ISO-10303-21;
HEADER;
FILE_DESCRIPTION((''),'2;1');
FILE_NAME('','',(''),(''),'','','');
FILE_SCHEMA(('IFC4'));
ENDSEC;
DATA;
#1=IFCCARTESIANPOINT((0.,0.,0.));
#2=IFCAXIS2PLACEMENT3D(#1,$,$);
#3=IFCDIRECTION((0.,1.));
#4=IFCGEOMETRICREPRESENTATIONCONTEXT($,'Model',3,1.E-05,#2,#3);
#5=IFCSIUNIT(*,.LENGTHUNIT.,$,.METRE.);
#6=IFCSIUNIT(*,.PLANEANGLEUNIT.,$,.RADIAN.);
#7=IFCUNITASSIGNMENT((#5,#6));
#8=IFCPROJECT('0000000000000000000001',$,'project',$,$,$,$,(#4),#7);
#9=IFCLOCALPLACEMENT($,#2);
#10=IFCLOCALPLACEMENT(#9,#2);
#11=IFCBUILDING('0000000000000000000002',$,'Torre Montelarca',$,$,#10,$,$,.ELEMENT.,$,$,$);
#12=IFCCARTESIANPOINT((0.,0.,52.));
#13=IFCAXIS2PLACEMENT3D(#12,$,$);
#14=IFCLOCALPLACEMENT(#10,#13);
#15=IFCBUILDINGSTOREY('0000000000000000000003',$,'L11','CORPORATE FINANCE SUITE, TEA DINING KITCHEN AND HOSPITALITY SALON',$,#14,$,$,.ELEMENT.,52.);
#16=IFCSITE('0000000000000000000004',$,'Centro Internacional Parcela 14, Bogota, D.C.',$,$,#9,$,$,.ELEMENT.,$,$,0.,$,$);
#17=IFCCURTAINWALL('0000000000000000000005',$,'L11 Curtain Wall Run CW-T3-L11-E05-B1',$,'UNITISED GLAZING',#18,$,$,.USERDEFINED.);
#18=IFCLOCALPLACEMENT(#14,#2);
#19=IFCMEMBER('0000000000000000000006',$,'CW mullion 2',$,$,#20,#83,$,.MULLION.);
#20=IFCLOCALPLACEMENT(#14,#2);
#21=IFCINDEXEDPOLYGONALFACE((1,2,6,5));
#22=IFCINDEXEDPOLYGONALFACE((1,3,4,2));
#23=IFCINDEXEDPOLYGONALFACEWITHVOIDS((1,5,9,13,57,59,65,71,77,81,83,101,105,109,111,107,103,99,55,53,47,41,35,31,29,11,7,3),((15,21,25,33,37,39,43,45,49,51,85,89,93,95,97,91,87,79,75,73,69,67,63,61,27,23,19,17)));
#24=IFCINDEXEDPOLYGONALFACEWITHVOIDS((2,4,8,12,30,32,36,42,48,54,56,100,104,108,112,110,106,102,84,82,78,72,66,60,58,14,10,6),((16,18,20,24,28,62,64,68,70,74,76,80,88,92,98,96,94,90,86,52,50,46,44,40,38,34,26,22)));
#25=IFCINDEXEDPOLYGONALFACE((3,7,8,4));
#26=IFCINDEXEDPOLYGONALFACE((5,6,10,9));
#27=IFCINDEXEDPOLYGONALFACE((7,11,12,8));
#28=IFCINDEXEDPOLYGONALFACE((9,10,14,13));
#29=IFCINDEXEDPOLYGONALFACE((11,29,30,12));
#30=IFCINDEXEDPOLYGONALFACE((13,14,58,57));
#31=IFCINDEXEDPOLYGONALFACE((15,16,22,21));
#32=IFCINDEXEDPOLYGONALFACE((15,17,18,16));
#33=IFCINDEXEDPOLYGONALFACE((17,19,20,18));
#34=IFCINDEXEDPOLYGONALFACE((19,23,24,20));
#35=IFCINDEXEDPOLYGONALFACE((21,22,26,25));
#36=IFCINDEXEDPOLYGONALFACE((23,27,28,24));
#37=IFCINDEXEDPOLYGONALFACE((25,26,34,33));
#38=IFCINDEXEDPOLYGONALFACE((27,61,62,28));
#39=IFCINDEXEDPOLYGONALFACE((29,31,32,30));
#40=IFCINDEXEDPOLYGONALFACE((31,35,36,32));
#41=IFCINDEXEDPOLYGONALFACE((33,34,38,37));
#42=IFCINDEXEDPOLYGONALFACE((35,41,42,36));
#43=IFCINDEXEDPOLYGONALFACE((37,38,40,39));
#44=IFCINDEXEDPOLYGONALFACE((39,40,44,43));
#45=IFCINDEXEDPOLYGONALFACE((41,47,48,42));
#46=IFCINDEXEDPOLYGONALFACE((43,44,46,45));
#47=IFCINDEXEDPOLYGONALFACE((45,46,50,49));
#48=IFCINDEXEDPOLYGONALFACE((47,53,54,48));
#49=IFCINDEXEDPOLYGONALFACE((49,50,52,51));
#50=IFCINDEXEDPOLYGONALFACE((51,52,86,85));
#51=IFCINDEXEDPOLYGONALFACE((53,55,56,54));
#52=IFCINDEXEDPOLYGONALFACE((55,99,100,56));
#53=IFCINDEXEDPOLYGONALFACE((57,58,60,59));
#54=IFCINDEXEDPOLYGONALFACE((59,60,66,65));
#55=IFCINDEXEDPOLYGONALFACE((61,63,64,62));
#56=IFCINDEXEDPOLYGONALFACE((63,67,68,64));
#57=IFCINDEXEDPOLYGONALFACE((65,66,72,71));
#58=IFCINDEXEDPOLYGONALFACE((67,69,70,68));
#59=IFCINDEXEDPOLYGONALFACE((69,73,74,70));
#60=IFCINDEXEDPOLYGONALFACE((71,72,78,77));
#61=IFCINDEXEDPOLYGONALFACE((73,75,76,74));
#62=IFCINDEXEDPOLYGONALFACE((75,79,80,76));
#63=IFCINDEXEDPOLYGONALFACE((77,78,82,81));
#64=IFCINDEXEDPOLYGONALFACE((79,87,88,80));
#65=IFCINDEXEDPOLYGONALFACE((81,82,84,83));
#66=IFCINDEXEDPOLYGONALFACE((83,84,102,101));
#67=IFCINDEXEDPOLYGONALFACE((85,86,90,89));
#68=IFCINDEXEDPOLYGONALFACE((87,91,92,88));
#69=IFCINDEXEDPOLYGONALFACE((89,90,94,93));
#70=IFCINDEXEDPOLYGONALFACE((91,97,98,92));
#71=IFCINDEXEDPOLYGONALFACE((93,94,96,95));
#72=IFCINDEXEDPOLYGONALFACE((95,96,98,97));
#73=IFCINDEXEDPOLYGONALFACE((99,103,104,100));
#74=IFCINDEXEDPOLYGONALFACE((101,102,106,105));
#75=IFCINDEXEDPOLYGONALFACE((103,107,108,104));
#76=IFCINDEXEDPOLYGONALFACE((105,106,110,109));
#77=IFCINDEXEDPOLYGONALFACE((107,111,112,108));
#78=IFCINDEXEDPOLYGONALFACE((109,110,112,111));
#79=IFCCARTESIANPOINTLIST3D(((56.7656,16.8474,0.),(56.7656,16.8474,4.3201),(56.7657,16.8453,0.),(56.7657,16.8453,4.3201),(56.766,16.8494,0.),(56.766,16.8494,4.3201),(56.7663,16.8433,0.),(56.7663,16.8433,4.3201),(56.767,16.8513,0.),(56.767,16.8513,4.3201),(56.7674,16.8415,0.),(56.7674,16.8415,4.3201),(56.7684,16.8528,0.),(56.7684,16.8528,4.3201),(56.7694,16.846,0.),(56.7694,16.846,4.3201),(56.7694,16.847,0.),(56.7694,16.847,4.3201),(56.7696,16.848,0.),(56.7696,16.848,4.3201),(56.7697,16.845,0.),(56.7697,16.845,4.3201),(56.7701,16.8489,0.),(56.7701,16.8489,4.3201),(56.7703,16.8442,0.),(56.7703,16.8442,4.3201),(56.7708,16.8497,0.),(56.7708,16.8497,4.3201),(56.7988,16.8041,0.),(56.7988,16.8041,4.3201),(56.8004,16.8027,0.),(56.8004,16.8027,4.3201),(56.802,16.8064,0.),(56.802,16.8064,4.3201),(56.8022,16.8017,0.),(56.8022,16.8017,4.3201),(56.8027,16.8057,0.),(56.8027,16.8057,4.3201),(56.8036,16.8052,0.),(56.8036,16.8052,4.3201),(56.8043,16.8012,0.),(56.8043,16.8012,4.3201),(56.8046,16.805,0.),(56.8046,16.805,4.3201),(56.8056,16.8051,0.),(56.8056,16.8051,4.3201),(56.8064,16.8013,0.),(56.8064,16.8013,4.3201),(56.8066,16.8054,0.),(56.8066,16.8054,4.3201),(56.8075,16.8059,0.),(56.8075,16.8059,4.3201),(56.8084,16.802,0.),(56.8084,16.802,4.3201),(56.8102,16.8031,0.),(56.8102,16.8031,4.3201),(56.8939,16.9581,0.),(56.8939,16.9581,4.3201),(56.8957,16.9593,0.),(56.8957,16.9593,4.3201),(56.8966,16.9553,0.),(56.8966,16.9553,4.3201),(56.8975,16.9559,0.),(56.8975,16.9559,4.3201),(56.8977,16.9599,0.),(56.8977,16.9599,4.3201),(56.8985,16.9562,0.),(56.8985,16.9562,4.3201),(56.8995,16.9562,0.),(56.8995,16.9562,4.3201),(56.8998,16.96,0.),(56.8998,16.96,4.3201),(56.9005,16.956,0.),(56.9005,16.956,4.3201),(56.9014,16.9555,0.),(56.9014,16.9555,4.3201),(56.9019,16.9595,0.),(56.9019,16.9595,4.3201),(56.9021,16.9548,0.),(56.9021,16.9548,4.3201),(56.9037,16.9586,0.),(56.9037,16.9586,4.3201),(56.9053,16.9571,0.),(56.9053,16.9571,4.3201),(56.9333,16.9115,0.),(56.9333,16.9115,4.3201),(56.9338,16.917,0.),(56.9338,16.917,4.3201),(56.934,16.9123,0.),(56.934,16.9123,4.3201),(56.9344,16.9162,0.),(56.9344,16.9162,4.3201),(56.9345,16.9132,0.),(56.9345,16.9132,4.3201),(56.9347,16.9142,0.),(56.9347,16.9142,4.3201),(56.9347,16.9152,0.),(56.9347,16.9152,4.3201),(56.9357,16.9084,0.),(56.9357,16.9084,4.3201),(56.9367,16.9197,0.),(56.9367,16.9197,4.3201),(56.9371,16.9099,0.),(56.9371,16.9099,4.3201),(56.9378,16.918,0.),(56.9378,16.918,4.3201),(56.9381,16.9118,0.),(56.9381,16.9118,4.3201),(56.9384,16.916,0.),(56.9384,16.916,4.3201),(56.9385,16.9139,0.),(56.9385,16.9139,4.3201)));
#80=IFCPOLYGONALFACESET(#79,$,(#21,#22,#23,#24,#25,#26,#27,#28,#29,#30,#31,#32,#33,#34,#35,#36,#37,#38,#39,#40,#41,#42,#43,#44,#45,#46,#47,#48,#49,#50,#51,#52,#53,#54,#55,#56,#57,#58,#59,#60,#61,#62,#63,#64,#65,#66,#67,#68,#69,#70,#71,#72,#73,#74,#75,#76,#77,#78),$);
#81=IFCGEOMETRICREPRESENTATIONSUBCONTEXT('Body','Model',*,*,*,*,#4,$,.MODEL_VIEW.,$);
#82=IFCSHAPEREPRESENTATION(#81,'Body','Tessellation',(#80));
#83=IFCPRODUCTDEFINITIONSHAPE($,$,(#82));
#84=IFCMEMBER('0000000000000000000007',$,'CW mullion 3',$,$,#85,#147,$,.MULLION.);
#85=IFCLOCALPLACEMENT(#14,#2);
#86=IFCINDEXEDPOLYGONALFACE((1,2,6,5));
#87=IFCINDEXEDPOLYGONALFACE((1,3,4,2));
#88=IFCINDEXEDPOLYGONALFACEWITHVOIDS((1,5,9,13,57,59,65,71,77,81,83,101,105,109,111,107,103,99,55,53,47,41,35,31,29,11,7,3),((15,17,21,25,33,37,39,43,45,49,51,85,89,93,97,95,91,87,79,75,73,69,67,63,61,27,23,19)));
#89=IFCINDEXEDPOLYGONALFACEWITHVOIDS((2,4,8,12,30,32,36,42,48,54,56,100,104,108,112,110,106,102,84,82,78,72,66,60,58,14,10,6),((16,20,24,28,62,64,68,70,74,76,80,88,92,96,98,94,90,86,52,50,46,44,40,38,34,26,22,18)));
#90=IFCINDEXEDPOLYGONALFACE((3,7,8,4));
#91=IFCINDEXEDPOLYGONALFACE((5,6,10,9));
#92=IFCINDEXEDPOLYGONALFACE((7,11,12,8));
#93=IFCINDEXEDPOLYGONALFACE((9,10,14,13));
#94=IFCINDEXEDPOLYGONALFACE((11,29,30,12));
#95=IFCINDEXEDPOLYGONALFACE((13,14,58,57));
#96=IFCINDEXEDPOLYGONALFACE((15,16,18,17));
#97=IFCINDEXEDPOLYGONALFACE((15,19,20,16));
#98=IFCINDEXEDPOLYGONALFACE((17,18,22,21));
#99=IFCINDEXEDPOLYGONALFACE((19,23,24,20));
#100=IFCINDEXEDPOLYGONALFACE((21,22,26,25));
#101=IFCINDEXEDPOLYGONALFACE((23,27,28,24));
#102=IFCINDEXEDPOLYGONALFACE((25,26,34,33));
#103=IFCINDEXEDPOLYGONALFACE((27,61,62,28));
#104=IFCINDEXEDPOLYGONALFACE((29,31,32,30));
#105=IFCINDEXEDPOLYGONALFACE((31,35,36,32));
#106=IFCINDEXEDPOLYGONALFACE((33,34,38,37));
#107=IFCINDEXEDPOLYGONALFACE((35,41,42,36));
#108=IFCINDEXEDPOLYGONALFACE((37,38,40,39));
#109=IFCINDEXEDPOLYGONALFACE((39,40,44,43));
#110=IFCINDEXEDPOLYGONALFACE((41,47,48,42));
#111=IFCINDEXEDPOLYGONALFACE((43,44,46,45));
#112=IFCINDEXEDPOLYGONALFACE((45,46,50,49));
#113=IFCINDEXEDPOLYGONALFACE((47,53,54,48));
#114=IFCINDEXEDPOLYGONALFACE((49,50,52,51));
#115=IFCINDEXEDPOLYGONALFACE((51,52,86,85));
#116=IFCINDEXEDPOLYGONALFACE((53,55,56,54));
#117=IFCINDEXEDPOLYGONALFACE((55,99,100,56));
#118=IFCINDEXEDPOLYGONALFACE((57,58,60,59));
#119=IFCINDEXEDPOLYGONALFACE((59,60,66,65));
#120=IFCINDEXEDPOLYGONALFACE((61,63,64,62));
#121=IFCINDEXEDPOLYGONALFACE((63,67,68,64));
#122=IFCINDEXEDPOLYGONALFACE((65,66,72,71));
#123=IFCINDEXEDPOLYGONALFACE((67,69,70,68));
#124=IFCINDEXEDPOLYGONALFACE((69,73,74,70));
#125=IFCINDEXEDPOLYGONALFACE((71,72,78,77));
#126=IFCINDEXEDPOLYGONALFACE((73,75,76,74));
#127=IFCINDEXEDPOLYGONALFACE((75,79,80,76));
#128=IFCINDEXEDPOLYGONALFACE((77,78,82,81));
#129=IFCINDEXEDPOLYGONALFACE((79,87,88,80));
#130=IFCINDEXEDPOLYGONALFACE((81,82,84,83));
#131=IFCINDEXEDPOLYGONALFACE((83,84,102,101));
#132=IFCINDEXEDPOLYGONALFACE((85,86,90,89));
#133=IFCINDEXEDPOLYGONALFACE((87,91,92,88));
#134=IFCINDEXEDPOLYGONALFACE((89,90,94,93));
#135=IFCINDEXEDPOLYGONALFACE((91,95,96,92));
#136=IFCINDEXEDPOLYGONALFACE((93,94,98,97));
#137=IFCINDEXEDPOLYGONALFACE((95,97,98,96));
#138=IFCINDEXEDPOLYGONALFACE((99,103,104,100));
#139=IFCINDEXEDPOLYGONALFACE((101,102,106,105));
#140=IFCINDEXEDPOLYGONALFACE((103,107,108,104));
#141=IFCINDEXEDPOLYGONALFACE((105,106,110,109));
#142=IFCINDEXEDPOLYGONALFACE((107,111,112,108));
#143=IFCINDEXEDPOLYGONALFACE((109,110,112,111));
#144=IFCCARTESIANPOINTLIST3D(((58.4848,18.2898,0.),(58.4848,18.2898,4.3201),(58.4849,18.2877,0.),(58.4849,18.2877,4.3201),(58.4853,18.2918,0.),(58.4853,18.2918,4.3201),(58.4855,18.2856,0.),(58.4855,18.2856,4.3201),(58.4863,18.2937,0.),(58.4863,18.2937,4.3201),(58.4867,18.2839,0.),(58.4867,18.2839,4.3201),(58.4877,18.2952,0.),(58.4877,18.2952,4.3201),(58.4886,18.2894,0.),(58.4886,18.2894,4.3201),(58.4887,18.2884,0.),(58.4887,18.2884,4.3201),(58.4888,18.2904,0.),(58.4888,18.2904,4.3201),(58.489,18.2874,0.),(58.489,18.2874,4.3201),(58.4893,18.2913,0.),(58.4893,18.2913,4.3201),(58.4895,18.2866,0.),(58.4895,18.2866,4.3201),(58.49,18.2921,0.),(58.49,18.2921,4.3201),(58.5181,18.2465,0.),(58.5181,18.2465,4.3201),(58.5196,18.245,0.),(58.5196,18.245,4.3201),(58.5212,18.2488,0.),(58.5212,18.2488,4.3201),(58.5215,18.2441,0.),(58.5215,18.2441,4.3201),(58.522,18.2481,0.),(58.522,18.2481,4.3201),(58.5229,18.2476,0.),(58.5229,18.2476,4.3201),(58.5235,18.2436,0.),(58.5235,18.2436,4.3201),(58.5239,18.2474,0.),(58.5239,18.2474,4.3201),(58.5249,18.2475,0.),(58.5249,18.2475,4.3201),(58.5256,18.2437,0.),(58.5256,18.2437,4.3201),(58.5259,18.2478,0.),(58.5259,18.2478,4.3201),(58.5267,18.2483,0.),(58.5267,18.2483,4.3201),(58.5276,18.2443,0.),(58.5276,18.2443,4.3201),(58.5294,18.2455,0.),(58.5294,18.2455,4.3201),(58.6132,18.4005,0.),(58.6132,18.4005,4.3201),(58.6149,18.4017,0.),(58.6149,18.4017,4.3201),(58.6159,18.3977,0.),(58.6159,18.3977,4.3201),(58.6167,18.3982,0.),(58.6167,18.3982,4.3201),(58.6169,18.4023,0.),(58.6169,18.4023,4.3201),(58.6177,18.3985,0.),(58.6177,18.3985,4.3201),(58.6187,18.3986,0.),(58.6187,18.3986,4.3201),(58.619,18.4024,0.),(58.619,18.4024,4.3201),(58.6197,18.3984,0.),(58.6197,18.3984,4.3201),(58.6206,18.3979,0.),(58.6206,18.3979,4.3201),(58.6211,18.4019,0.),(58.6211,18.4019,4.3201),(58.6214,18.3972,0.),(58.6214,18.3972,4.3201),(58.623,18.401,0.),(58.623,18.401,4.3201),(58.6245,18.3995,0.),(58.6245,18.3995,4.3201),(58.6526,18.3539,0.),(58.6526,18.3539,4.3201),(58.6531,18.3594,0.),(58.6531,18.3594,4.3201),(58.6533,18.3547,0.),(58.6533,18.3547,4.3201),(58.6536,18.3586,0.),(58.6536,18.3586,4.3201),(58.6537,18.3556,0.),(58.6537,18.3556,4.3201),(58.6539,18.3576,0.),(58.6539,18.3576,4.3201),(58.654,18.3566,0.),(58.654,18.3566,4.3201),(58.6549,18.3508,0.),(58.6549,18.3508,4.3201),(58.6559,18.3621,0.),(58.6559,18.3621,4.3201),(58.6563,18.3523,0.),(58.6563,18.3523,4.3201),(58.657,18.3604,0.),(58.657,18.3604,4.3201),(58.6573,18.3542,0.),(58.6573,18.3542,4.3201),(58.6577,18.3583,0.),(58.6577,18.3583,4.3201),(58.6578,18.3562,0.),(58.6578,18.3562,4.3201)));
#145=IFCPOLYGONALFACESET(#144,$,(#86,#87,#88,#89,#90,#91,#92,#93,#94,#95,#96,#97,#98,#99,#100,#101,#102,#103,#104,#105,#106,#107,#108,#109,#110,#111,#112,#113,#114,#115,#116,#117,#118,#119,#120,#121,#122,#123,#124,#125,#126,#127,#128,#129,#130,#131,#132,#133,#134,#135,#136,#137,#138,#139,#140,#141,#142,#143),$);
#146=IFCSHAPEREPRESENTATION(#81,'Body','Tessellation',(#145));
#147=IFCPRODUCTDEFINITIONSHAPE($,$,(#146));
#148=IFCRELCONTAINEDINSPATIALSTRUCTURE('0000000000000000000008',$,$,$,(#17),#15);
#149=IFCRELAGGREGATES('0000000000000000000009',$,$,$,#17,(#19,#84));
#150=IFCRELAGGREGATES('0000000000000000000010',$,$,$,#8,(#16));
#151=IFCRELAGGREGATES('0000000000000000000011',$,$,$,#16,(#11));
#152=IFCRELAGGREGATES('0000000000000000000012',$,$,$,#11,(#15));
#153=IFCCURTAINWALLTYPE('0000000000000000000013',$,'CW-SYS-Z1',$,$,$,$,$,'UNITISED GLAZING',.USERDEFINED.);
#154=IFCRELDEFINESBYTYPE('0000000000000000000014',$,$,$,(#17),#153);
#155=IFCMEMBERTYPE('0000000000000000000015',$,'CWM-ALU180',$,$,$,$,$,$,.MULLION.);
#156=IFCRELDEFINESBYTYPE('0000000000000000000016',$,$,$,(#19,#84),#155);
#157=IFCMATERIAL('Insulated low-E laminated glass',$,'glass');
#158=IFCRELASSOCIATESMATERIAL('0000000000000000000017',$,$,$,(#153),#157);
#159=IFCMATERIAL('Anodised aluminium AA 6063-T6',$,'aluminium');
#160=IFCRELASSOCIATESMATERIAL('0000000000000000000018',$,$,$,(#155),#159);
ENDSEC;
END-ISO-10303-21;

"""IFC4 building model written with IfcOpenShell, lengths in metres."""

from ifc_helpers import new_model, si_unit, direction, frame, origin, origin_2d, place, context, subcontext, project, spatial, hollow_rectangle, extrude, source, transform, mapped, material, material_profile, profile_set, type_object, element, aggregate, save


model = new_model("IFC4")

# Units and contexts
model_context = context("Model", 3, precision=1e-05, world=origin(), true_north=direction((0.0, 1.0)))
body_context = subcontext(model_context, "Body", "Model", "MODEL_VIEW")
ifc_project = project(units=[si_unit("LENGTHUNIT", "METRE"), si_unit("PLANEANGLEUNIT", "RADIAN")], contexts=[model_context])

# Site, building, storey
site_placement = place(None, origin())
site = spatial("IfcSite", under=ifc_project, at=site_placement, Name="Centro Internacional Parcela 14, Bogota, D.C.", CompositionType="ELEMENT", RefElevation=0.0)
building_placement = place(site_placement, origin())
building = spatial("IfcBuilding", under=site, at=building_placement, Name="Torre Montelarca", CompositionType="ELEMENT")
storey_placement = place(building_placement, frame((0.0, 0.0, 52.0)))
storey = spatial("IfcBuildingStorey", under=building, at=storey_placement, Name="L11", Description="CORPORATE FINANCE SUITE, TEA DINING KITCHEN AND HOSPITALITY SALON", CompositionType="ELEMENT", Elevation=52.0)

# Curtain wall, members
ifc_material_1 = material(Name="Insulated low-E laminated glass", Category="glass")
curtain_wall_type = type_object("IfcCurtainWallType", Name="CW-SYS-Z1", ElementType="UNITISED GLAZING", PredefinedType="USERDEFINED", material=ifc_material_1)
ifc_material_2 = material(Name="Anodised aluminium AA 6063-T6", Category="aluminium")
ifc_material_profile_1 = material_profile(ifc_material_2, hollow_rectangle(XDim=0.0649, YDim=0.1799, WallThickness=0.0039, InnerFilletRadius=0.0039, OuterFilletRadius=0.0081, at=origin_2d()), Name="ALU65X180X4", Category="aluminium")
ifc_profile_set_1 = profile_set([ifc_material_profile_1], Name="Anodised aluminium AA 6063-T6")
member_type_1 = type_object("IfcMemberType", Name="CWM-ALU180", PredefinedType="MULLION", material=ifc_profile_set_1)
shared_shape_1 = source(origin(), body_context, "Body", "SweptSolid", [
    extrude(hollow_rectangle(XDim=0.0649, YDim=0.1799, WallThickness=0.0039, InnerFilletRadius=0.0039, OuterFilletRadius=0.0081, at=origin_2d()), origin(), (0.0, 0.0, 1.0), 4.3201),
])
curtain_wall_1_placement = place(storey_placement, origin())
curtain_wall_1 = element("IfcCurtainWall", 1, at=curtain_wall_1_placement, inside=storey, type_object=curtain_wall_type, Name="L11 Curtain Wall Run CW-T3-L11-E05-B1", ObjectType="UNITISED GLAZING", PredefinedType="USERDEFINED")
member_1_placement = place(storey_placement, frame((56.8521, 16.8806, 0.0), z_axis=(0.0, 0.0, 1.0), x_axis=(-0.642794, 0.766039, 0.0)))
member_1 = element("IfcMember", 2, at=member_1_placement, type_object=member_type_1, Name="CW mullion 2", PredefinedType="MULLION", context=body_context, shape_type="MappedRepresentation", body=[
    mapped(shared_shape_1, transform((0.0, 0.0, 0.0), scale=1.0)),
])
member_2_placement = place(storey_placement, frame((58.5713, 18.323, 0.0), z_axis=(0.0, 0.0, 1.0), x_axis=(-0.642794, 0.766039, 0.0)))
member_2 = element("IfcMember", 3, at=member_2_placement, type_object=member_type_1, Name="CW mullion 3", PredefinedType="MULLION", context=body_context, shape_type="MappedRepresentation", body=[
    mapped(shared_shape_1, transform((0.0, 0.0, 0.0), scale=1.0)),
])

aggregate(curtain_wall_1, [member_1, member_2])

save(model, "model.ifc")
